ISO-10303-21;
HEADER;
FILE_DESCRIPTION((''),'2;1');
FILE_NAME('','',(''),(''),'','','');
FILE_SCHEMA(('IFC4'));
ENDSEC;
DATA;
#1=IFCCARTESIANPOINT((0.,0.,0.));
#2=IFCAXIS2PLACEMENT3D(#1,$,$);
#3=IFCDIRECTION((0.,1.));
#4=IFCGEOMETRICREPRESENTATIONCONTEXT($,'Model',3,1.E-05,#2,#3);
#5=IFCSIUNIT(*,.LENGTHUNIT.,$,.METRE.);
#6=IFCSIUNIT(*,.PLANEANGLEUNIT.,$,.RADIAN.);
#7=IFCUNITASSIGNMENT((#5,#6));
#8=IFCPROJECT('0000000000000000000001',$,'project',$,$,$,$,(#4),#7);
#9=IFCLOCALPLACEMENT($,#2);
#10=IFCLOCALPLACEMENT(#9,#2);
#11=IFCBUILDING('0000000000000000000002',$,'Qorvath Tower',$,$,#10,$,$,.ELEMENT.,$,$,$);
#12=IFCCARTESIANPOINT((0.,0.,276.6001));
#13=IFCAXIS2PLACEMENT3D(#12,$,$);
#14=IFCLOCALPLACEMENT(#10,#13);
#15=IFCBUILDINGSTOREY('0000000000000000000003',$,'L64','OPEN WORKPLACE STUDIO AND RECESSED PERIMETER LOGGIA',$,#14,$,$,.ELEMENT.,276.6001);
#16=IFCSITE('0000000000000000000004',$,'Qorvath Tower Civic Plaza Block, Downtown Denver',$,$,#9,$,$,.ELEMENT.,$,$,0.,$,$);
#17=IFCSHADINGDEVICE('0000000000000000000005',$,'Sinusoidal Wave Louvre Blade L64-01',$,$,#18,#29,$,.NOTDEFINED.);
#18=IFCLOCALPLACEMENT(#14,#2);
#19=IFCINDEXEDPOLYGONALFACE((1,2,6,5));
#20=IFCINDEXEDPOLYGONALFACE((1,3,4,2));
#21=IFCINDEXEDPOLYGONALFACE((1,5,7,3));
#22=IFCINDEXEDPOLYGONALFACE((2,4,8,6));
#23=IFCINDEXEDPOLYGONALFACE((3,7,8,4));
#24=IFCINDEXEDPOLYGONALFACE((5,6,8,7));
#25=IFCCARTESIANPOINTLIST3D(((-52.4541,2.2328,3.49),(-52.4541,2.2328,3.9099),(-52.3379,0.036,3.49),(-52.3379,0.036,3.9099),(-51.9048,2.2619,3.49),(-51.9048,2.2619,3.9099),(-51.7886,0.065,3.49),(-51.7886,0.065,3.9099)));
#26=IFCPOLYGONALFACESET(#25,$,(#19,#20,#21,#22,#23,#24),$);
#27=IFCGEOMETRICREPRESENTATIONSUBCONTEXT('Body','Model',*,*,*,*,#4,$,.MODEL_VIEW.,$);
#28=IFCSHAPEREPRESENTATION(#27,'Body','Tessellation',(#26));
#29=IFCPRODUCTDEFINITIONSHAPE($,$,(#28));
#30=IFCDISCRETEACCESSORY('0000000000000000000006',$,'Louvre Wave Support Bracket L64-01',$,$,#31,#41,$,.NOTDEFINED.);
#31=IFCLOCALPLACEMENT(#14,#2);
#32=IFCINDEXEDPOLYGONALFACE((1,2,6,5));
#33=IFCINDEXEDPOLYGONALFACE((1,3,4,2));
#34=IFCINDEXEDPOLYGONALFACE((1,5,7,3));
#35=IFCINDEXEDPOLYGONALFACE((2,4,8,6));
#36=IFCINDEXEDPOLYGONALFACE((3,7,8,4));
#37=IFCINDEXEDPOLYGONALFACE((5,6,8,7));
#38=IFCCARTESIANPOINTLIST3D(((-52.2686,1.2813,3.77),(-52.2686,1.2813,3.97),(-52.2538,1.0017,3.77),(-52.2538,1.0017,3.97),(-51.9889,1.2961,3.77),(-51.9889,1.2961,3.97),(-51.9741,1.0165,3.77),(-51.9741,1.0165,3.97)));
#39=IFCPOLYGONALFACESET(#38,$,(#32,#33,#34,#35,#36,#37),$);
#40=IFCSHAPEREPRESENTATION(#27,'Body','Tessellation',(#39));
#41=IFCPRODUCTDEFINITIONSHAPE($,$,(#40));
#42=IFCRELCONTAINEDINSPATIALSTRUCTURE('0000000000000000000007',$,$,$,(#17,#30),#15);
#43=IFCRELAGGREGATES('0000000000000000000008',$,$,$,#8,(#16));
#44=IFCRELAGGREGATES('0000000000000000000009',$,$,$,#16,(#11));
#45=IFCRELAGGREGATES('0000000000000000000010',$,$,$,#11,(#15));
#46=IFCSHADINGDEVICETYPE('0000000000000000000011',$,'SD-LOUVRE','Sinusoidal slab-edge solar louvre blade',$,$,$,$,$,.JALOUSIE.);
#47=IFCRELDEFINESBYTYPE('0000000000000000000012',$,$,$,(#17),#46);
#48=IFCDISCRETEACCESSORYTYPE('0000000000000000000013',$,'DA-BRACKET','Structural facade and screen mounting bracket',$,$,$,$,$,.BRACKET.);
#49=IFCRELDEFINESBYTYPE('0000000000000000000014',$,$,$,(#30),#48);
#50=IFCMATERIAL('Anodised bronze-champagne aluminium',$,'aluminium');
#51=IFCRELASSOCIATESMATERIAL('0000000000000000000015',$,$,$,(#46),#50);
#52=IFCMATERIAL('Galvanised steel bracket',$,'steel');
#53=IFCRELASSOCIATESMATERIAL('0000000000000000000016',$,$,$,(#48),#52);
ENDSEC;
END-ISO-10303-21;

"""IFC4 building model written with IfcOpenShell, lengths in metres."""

from ifc_helpers import new_model, si_unit, direction, frame, origin, origin_2d, place, context, subcontext, project, spatial, rectangle, extrude, material, type_object, element, save


model = new_model("IFC4")

# Units and contexts
model_context = context("Model", 3, precision=1e-05, world=origin(), true_north=direction((0.0, 1.0)))
body_context = subcontext(model_context, "Body", "Model", "MODEL_VIEW")
ifc_project = project(units=[si_unit("LENGTHUNIT", "METRE"), si_unit("PLANEANGLEUNIT", "RADIAN")], contexts=[model_context])

# Site, building, storey
site_placement = place(None, origin())
site = spatial("IfcSite", under=ifc_project, at=site_placement, Name="Qorvath Tower Civic Plaza Block, Downtown Denver", CompositionType="ELEMENT", RefElevation=0.0)
building_placement = place(site_placement, origin())
building = spatial("IfcBuilding", under=site, at=building_placement, Name="Qorvath Tower", CompositionType="ELEMENT")
storey_placement = place(building_placement, frame((0.0, 0.0, 276.6001)))
storey = spatial("IfcBuildingStorey", under=building, at=storey_placement, Name="L64", Description="OPEN WORKPLACE STUDIO AND RECESSED PERIMETER LOGGIA", CompositionType="ELEMENT", Elevation=276.6001)

# Shading device
ifc_material_1 = material(Name="Anodised bronze-champagne aluminium", Category="aluminium")
shading_device_type = type_object("IfcShadingDeviceType", Name="SD-LOUVRE", Description="Sinusoidal slab-edge solar louvre blade", PredefinedType="JALOUSIE", material=ifc_material_1)
shading_device_placement = place(storey_placement, frame((-52.1213, 1.1489, 3.49), z_axis=(0.0, 0.0, 1.0), x_axis=(0.052829, -0.998604, 0.0)))
element("IfcShadingDevice", 1, at=shading_device_placement, inside=storey, type_object=shading_device_type, Name="Sinusoidal Wave Louvre Blade L64-01", PredefinedType="NOTDEFINED", context=body_context, shape_type="SweptSolid", body=[
    extrude(rectangle(XDim=2.2, YDim=0.55, at=origin_2d()), origin(), (0.0, 0.0, 1.0), 0.4199),
])

# Discrete accessory
ifc_material_2 = material(Name="Galvanised steel bracket", Category="steel")
discrete_accessory_type = type_object("IfcDiscreteAccessoryType", Name="DA-BRACKET", Description="Structural facade and screen mounting bracket", PredefinedType="BRACKET", material=ifc_material_2)
discrete_accessory_placement = place(storey_placement, frame((-52.1213, 1.1489, 3.77), z_axis=(0.0, 0.0, 1.0), x_axis=(0.052829, -0.998604, 0.0)))
element("IfcDiscreteAccessory", 2, at=discrete_accessory_placement, inside=storey, type_object=discrete_accessory_type, Name="Louvre Wave Support Bracket L64-01", PredefinedType="NOTDEFINED", context=body_context, shape_type="SweptSolid", body=[
    extrude(rectangle(XDim=0.28, YDim=0.28, at=origin_2d()), origin(), (0.0, 0.0, 1.0), 0.2),
])

save(model, "model.ifc")
